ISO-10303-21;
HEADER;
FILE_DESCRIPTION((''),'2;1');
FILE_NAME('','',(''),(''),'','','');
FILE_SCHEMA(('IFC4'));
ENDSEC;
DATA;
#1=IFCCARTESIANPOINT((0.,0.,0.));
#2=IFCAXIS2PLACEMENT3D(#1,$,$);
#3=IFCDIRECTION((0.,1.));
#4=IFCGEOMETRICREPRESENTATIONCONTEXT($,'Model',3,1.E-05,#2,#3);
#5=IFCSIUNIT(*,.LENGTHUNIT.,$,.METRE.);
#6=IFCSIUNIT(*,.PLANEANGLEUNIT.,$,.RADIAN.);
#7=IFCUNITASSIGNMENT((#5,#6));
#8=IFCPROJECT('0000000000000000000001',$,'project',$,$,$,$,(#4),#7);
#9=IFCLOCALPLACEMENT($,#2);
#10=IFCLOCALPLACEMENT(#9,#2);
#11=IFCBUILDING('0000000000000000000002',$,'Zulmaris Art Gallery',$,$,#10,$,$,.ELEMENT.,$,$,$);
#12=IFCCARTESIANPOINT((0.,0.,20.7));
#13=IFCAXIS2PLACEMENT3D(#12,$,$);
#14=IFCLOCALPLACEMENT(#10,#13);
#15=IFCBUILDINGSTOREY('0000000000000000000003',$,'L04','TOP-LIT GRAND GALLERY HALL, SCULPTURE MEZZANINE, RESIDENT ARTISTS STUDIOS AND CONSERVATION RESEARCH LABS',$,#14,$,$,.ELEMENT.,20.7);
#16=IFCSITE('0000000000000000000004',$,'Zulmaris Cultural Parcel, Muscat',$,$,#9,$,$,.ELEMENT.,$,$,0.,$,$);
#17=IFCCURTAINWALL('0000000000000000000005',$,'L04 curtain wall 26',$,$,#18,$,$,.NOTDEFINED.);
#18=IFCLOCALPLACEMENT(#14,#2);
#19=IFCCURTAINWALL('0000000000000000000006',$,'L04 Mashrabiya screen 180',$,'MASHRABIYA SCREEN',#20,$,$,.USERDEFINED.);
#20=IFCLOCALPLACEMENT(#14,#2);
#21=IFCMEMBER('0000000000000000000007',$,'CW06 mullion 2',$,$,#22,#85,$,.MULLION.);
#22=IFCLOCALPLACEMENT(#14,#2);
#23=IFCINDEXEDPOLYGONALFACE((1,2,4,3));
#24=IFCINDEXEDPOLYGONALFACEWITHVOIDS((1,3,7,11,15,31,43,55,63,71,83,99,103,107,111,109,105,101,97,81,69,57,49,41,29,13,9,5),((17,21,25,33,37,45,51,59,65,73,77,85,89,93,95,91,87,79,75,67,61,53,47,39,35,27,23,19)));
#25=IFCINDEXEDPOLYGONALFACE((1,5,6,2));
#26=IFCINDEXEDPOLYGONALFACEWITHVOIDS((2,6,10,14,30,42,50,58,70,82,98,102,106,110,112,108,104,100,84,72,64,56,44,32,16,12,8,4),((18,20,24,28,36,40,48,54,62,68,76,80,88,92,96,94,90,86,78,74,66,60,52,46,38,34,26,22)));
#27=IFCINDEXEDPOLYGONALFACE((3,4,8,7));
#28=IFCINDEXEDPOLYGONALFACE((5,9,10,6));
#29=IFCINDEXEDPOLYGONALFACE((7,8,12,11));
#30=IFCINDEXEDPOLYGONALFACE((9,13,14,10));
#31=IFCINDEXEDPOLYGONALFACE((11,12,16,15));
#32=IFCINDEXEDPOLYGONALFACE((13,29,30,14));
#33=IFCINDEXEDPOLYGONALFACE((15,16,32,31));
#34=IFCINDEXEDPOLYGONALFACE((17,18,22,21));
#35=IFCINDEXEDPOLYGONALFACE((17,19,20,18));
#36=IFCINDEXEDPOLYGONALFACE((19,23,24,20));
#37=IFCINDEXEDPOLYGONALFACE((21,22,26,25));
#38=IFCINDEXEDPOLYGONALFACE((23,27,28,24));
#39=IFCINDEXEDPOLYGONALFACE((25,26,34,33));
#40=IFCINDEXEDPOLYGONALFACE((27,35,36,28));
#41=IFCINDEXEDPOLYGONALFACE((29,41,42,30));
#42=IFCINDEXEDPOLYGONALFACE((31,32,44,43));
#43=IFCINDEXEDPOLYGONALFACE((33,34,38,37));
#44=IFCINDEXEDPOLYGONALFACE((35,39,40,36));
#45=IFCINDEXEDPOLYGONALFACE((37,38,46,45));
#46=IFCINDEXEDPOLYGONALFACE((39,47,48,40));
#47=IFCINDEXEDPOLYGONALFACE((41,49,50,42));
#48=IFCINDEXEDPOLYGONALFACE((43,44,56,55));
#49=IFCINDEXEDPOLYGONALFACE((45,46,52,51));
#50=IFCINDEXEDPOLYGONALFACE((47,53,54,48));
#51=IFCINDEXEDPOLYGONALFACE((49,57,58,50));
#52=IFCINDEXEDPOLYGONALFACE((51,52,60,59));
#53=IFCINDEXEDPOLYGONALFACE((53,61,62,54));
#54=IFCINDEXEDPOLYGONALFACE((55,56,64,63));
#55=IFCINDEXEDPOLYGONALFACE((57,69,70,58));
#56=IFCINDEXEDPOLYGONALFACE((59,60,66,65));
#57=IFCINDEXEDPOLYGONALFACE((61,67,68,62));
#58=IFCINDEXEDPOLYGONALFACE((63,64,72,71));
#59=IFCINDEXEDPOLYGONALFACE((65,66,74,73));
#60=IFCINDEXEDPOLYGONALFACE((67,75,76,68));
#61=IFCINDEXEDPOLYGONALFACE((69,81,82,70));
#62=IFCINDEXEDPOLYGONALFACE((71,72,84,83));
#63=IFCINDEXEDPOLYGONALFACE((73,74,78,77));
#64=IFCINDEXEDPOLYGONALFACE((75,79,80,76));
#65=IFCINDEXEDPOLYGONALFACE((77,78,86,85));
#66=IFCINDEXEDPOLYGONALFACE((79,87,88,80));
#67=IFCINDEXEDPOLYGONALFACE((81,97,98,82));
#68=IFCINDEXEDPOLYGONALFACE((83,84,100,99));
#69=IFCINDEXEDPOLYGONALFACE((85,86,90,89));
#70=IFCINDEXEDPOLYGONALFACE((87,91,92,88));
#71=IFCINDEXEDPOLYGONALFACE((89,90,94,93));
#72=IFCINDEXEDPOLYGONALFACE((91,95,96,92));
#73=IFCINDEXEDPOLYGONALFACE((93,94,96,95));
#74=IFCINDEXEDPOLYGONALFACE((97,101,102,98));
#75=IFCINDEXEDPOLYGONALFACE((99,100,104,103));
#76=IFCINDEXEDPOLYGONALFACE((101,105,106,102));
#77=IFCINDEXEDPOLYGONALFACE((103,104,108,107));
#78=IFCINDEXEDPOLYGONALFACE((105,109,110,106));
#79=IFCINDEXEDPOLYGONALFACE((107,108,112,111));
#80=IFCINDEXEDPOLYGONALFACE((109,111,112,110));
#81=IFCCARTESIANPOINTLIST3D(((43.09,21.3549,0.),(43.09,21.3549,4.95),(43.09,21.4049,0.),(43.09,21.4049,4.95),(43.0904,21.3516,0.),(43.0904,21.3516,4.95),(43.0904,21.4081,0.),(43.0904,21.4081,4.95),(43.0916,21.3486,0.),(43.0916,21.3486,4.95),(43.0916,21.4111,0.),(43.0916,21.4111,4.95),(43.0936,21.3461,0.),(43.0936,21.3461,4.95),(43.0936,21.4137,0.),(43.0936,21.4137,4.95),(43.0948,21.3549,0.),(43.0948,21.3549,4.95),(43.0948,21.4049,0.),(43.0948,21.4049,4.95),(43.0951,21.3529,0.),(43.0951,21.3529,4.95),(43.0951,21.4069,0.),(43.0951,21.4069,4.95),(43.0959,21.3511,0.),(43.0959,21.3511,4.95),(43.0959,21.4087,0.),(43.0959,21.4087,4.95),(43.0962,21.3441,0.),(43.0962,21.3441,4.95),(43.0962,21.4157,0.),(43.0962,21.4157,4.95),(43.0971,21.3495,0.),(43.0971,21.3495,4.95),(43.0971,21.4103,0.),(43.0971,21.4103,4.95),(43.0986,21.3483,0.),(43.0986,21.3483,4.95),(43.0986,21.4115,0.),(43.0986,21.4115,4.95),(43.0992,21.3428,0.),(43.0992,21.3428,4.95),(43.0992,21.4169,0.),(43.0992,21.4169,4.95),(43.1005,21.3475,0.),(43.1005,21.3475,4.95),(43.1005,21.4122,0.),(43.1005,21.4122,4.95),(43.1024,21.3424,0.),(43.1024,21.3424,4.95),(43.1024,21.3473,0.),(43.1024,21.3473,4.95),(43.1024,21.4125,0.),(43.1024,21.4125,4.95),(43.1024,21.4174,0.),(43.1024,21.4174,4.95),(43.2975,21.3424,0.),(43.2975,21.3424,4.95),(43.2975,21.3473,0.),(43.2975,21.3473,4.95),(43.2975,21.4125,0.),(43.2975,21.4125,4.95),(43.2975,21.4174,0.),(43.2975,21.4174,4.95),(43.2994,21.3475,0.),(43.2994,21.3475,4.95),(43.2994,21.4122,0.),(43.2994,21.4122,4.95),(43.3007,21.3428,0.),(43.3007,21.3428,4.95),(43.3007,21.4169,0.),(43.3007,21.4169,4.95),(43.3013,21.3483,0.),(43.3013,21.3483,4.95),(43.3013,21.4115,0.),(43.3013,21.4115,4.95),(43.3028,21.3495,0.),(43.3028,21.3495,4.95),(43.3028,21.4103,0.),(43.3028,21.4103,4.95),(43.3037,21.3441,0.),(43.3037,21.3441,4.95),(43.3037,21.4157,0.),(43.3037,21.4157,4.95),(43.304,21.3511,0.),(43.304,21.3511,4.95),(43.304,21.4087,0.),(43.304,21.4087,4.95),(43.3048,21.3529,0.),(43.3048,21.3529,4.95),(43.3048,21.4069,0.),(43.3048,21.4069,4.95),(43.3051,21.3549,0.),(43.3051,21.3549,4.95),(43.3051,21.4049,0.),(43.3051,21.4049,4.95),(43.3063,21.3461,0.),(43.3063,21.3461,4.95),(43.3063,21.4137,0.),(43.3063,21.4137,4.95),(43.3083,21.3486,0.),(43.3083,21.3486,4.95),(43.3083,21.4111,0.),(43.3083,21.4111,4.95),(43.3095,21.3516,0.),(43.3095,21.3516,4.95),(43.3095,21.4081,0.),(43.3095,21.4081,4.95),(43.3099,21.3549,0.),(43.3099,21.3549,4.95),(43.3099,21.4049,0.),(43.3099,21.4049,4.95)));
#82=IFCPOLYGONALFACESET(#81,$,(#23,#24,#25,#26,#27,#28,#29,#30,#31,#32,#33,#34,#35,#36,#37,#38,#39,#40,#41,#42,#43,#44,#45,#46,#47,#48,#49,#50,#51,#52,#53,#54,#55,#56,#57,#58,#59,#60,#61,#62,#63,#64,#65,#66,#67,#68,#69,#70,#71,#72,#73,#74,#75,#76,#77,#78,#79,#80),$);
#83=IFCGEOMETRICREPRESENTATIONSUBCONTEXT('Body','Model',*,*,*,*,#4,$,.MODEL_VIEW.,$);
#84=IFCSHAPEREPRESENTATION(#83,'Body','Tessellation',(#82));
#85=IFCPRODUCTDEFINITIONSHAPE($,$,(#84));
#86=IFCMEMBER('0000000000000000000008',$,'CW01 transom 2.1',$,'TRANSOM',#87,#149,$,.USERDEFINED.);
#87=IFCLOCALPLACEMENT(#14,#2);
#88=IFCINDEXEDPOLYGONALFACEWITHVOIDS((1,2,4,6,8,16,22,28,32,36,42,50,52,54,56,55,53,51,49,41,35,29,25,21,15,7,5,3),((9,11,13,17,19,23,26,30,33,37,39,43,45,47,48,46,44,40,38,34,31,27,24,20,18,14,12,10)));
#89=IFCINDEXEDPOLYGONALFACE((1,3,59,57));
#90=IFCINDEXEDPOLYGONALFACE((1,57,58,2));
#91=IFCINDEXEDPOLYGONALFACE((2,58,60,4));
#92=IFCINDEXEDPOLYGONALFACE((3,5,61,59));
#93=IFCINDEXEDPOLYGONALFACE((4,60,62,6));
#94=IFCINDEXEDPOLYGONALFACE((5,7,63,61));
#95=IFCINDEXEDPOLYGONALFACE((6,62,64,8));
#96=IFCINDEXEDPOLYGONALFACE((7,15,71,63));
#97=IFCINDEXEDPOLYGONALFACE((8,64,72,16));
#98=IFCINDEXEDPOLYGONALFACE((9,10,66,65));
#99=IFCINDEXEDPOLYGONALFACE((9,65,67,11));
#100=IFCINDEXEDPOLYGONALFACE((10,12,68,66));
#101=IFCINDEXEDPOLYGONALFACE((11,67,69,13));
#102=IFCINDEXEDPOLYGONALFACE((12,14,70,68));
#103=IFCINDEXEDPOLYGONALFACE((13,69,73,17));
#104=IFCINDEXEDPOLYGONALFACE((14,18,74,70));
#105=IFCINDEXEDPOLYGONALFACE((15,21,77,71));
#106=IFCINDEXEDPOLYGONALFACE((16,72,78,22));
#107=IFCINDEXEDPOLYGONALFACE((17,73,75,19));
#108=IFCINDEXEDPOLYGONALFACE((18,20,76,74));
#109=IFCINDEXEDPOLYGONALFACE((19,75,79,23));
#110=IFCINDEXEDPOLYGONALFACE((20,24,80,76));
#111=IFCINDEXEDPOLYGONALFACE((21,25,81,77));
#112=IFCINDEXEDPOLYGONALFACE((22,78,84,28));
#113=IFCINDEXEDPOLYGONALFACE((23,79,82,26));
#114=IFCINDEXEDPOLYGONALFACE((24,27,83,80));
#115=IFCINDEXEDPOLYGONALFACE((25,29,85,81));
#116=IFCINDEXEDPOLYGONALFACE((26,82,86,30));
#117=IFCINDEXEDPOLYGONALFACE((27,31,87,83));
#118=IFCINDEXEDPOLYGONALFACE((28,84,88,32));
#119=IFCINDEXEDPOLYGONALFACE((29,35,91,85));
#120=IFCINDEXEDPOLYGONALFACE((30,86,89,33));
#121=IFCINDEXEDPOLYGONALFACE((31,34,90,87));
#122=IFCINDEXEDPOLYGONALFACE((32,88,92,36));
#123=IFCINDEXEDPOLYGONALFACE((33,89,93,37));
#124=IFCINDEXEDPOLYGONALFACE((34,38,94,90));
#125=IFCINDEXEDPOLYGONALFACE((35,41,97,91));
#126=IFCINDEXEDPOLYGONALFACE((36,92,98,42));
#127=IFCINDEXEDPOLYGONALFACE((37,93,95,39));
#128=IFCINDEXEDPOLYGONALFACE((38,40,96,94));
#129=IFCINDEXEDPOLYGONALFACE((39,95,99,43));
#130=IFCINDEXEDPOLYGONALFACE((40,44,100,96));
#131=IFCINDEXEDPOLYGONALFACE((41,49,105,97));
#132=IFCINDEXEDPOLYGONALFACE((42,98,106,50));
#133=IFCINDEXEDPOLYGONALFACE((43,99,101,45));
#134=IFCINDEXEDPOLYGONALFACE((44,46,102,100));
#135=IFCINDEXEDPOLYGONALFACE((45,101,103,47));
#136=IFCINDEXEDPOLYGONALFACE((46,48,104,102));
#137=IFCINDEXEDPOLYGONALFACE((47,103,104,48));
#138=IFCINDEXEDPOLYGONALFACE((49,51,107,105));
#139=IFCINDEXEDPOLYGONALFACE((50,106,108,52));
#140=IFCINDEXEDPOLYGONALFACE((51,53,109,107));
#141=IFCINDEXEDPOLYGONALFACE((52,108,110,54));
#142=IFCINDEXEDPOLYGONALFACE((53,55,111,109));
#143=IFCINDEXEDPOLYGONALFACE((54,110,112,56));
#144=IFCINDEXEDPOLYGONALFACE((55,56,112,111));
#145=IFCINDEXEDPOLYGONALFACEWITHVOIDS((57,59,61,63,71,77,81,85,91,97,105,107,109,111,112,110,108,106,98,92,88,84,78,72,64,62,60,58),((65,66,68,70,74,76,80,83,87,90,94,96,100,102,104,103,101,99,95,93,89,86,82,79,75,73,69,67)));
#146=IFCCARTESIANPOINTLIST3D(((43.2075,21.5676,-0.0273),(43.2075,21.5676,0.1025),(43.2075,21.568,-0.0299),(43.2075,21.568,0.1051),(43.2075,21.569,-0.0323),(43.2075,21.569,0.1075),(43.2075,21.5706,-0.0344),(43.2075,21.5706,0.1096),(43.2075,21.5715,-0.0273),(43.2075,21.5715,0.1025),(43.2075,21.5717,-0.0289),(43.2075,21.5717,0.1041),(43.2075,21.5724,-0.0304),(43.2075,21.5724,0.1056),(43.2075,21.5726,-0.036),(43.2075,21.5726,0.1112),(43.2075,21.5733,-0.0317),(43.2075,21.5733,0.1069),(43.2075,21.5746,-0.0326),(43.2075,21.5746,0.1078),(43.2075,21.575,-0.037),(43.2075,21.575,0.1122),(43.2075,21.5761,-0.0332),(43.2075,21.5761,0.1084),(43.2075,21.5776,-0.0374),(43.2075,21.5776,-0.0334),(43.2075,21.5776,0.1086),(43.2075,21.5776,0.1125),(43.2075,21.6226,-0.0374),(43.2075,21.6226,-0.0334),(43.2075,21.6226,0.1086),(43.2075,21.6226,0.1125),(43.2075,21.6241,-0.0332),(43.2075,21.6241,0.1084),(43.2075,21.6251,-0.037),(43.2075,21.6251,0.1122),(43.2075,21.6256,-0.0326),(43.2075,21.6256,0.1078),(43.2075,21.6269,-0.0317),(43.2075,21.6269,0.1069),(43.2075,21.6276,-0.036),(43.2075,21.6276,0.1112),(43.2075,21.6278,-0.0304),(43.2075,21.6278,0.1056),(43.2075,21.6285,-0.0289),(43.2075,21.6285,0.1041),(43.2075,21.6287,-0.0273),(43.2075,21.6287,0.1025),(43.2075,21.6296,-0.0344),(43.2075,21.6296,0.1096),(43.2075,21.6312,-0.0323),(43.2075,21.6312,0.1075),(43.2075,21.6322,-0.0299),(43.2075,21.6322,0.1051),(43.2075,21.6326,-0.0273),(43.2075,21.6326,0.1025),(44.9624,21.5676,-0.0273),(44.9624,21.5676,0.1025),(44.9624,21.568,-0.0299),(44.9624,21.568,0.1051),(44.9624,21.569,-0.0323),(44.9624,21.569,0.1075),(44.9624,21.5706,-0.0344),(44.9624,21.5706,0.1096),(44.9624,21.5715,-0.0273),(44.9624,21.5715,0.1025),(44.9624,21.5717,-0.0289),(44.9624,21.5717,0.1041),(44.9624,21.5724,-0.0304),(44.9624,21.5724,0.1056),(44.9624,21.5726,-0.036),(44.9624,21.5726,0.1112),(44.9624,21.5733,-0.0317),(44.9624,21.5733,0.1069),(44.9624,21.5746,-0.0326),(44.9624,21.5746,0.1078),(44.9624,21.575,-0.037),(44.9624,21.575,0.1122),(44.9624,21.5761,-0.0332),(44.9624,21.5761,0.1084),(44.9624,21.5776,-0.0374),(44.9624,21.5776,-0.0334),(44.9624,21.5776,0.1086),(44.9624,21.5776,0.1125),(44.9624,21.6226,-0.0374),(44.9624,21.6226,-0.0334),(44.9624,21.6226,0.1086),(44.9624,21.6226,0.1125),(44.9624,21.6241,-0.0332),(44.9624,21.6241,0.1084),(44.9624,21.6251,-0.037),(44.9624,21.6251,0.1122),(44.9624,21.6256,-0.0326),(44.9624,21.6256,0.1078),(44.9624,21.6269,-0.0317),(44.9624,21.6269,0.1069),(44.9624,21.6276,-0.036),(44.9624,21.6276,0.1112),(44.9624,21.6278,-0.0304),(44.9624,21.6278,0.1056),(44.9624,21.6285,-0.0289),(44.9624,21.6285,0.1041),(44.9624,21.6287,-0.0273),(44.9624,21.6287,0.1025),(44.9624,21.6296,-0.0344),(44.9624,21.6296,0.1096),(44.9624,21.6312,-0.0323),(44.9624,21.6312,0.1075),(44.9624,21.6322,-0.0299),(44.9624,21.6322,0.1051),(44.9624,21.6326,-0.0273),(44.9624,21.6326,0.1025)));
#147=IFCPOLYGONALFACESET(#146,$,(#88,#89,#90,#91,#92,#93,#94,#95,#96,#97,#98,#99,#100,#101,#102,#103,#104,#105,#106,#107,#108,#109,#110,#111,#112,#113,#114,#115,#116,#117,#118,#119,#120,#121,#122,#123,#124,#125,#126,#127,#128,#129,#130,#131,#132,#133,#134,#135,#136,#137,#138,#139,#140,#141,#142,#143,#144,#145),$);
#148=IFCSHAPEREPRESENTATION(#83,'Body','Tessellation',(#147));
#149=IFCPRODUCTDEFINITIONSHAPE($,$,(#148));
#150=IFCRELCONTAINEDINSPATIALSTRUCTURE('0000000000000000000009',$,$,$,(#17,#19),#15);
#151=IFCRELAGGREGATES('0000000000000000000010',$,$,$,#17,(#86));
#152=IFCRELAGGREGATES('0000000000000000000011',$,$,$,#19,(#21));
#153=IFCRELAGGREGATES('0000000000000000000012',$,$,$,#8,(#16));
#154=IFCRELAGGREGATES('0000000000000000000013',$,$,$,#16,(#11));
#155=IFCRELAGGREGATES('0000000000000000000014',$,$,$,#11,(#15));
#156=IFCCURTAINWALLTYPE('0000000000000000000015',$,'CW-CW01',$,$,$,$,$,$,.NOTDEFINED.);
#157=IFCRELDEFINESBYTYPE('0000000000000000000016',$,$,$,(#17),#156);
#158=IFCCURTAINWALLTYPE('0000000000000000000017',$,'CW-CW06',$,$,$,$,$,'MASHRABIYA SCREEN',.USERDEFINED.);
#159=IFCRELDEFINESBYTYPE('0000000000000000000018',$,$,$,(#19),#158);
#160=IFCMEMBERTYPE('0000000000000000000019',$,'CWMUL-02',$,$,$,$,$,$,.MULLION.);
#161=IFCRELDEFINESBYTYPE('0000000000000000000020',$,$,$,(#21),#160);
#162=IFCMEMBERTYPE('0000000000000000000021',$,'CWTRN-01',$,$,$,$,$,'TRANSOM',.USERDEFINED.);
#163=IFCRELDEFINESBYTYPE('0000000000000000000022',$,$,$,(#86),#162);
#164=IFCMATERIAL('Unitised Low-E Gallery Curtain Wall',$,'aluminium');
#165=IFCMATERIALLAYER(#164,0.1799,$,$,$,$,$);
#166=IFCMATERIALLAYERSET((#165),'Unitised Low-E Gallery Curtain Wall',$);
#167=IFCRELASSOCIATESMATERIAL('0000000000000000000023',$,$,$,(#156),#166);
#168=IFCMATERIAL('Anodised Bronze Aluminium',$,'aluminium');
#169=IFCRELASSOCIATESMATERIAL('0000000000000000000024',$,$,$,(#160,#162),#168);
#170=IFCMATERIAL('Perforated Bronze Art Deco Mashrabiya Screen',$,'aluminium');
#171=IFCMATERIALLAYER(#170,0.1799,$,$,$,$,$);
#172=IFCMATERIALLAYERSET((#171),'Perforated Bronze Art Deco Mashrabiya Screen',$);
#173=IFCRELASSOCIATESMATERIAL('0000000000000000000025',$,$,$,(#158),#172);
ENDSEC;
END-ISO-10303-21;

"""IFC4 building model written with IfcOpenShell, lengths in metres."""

from ifc_helpers import new_model, si_unit, direction, frame, origin, origin_2d, place, context, subcontext, project, spatial, hollow_rectangle, extrude, material, layer, layer_set, material_profile, profile_set, type_object, element, aggregate, save


model = new_model("IFC4")

# Units and contexts
model_context = context("Model", 3, precision=1e-05, world=origin(), true_north=direction((0.0, 1.0)))
body_context = subcontext(model_context, "Body", "Model", "MODEL_VIEW")
ifc_project = project(units=[si_unit("LENGTHUNIT", "METRE"), si_unit("PLANEANGLEUNIT", "RADIAN")], contexts=[model_context])

# Site, building, storey
site_placement = place(None, origin())
site = spatial("IfcSite", under=ifc_project, at=site_placement, Name="Zulmaris Cultural Parcel, Muscat", CompositionType="ELEMENT", RefElevation=0.0)
building_placement = place(site_placement, origin())
building = spatial("IfcBuilding", under=site, at=building_placement, Name="Zulmaris Art Gallery", CompositionType="ELEMENT")
storey_placement = place(building_placement, frame((0.0, 0.0, 20.7)))
storey = spatial("IfcBuildingStorey", under=building, at=storey_placement, Name="L04", Description="TOP-LIT GRAND GALLERY HALL, SCULPTURE MEZZANINE, RESIDENT ARTISTS STUDIOS AND CONSERVATION RESEARCH LABS", CompositionType="ELEMENT", Elevation=20.7)

# Curtain walls, member
ifc_material_1 = material(Name="Unitised Low-E Gallery Curtain Wall", Category="aluminium")
ifc_layer_1 = layer(ifc_material_1, 0.1799)
ifc_layer_set_1 = layer_set([ifc_layer_1], Name="Unitised Low-E Gallery Curtain Wall")
curtain_wall_type_1 = type_object("IfcCurtainWallType", Name="CW-CW01", PredefinedType="NOTDEFINED", material=ifc_layer_set_1)
curtain_wall_1_placement = place(storey_placement, origin())
curtain_wall_1 = element("IfcCurtainWall", 1, at=curtain_wall_1_placement, inside=storey, type_object=curtain_wall_type_1, Name="L04 curtain wall 26", PredefinedType="NOTDEFINED")
ifc_material_2 = material(Name="Anodised Bronze Aluminium", Category="aluminium")
ifc_material_profile_1 = material_profile(ifc_material_2, hollow_rectangle(XDim=0.075, YDim=0.22, WallThickness=0.0049, InnerFilletRadius=0.0076, OuterFilletRadius=0.0125, at=origin_2d()), Name="ALU 75x220x5")
ifc_profile_set_1 = profile_set([ifc_material_profile_1], Name="Anodised Bronze Aluminium")
member_type_1 = type_object("IfcMemberType", Name="CWMUL-02", PredefinedType="MULLION", material=ifc_profile_set_1)
ifc_material_3 = material(Name="Perforated Bronze Art Deco Mashrabiya Screen", Category="aluminium")
ifc_layer_2 = layer(ifc_material_3, 0.1799)
ifc_layer_set_2 = layer_set([ifc_layer_2], Name="Perforated Bronze Art Deco Mashrabiya Screen")
curtain_wall_type_2 = type_object("IfcCurtainWallType", Name="CW-CW06", ElementType="MASHRABIYA SCREEN", PredefinedType="USERDEFINED", material=ifc_layer_set_2)
curtain_wall_2_placement = place(storey_placement, origin())
curtain_wall_2 = element("IfcCurtainWall", 2, at=curtain_wall_2_placement, inside=storey, type_object=curtain_wall_type_2, Name="L04 Mashrabiya screen 180", ObjectType="MASHRABIYA SCREEN", PredefinedType="USERDEFINED")
member_1_placement = place(storey_placement, frame((43.2, 21.3799, 0.0), z_axis=(0.0, 0.0, 1.0), x_axis=(0.0, 1.0, 0.0)))
member_1 = element("IfcMember", 3, at=member_1_placement, type_object=member_type_1, Name="CW06 mullion 2", PredefinedType="MULLION", context=body_context, shape_type="SweptSolid", body=[
    extrude(hollow_rectangle(XDim=0.075, YDim=0.22, WallThickness=0.0049, InnerFilletRadius=0.0076, OuterFilletRadius=0.0125, at=origin_2d()), origin(), (0.0, 0.0, 1.0), 4.95),
])

# Member
ifc_material_profile_2 = material_profile(ifc_material_2, hollow_rectangle(XDim=0.0649, YDim=0.1499, WallThickness=0.0039, InnerFilletRadius=0.0061, OuterFilletRadius=0.01, at=origin_2d()), Name="ALU 65x150x4")
ifc_profile_set_2 = profile_set([ifc_material_profile_2], Name="Anodised Bronze Aluminium")
member_type_2 = type_object("IfcMemberType", Name="CWTRN-01", ElementType="TRANSOM", PredefinedType="USERDEFINED", material=ifc_profile_set_2)
member_2_placement = place(storey_placement, frame((43.2075, 21.6001, 0.0376), z_axis=(1.0, 0.0, 0.0), x_axis=(0.0, 1.0, 0.0)))
member_2 = element("IfcMember", 4, at=member_2_placement, type_object=member_type_2, Name="CW01 transom 2.1", ObjectType="TRANSOM", PredefinedType="USERDEFINED", context=body_context, shape_type="SweptSolid", body=[
    extrude(hollow_rectangle(XDim=0.0649, YDim=0.1499, WallThickness=0.0039, InnerFilletRadius=0.0061, OuterFilletRadius=0.01, at=origin_2d()), origin(), (0.0, 0.0, 1.0), 1.7549),
])

aggregate(curtain_wall_1, [member_2])
aggregate(curtain_wall_2, [member_1])

save(model, "model.ifc")
